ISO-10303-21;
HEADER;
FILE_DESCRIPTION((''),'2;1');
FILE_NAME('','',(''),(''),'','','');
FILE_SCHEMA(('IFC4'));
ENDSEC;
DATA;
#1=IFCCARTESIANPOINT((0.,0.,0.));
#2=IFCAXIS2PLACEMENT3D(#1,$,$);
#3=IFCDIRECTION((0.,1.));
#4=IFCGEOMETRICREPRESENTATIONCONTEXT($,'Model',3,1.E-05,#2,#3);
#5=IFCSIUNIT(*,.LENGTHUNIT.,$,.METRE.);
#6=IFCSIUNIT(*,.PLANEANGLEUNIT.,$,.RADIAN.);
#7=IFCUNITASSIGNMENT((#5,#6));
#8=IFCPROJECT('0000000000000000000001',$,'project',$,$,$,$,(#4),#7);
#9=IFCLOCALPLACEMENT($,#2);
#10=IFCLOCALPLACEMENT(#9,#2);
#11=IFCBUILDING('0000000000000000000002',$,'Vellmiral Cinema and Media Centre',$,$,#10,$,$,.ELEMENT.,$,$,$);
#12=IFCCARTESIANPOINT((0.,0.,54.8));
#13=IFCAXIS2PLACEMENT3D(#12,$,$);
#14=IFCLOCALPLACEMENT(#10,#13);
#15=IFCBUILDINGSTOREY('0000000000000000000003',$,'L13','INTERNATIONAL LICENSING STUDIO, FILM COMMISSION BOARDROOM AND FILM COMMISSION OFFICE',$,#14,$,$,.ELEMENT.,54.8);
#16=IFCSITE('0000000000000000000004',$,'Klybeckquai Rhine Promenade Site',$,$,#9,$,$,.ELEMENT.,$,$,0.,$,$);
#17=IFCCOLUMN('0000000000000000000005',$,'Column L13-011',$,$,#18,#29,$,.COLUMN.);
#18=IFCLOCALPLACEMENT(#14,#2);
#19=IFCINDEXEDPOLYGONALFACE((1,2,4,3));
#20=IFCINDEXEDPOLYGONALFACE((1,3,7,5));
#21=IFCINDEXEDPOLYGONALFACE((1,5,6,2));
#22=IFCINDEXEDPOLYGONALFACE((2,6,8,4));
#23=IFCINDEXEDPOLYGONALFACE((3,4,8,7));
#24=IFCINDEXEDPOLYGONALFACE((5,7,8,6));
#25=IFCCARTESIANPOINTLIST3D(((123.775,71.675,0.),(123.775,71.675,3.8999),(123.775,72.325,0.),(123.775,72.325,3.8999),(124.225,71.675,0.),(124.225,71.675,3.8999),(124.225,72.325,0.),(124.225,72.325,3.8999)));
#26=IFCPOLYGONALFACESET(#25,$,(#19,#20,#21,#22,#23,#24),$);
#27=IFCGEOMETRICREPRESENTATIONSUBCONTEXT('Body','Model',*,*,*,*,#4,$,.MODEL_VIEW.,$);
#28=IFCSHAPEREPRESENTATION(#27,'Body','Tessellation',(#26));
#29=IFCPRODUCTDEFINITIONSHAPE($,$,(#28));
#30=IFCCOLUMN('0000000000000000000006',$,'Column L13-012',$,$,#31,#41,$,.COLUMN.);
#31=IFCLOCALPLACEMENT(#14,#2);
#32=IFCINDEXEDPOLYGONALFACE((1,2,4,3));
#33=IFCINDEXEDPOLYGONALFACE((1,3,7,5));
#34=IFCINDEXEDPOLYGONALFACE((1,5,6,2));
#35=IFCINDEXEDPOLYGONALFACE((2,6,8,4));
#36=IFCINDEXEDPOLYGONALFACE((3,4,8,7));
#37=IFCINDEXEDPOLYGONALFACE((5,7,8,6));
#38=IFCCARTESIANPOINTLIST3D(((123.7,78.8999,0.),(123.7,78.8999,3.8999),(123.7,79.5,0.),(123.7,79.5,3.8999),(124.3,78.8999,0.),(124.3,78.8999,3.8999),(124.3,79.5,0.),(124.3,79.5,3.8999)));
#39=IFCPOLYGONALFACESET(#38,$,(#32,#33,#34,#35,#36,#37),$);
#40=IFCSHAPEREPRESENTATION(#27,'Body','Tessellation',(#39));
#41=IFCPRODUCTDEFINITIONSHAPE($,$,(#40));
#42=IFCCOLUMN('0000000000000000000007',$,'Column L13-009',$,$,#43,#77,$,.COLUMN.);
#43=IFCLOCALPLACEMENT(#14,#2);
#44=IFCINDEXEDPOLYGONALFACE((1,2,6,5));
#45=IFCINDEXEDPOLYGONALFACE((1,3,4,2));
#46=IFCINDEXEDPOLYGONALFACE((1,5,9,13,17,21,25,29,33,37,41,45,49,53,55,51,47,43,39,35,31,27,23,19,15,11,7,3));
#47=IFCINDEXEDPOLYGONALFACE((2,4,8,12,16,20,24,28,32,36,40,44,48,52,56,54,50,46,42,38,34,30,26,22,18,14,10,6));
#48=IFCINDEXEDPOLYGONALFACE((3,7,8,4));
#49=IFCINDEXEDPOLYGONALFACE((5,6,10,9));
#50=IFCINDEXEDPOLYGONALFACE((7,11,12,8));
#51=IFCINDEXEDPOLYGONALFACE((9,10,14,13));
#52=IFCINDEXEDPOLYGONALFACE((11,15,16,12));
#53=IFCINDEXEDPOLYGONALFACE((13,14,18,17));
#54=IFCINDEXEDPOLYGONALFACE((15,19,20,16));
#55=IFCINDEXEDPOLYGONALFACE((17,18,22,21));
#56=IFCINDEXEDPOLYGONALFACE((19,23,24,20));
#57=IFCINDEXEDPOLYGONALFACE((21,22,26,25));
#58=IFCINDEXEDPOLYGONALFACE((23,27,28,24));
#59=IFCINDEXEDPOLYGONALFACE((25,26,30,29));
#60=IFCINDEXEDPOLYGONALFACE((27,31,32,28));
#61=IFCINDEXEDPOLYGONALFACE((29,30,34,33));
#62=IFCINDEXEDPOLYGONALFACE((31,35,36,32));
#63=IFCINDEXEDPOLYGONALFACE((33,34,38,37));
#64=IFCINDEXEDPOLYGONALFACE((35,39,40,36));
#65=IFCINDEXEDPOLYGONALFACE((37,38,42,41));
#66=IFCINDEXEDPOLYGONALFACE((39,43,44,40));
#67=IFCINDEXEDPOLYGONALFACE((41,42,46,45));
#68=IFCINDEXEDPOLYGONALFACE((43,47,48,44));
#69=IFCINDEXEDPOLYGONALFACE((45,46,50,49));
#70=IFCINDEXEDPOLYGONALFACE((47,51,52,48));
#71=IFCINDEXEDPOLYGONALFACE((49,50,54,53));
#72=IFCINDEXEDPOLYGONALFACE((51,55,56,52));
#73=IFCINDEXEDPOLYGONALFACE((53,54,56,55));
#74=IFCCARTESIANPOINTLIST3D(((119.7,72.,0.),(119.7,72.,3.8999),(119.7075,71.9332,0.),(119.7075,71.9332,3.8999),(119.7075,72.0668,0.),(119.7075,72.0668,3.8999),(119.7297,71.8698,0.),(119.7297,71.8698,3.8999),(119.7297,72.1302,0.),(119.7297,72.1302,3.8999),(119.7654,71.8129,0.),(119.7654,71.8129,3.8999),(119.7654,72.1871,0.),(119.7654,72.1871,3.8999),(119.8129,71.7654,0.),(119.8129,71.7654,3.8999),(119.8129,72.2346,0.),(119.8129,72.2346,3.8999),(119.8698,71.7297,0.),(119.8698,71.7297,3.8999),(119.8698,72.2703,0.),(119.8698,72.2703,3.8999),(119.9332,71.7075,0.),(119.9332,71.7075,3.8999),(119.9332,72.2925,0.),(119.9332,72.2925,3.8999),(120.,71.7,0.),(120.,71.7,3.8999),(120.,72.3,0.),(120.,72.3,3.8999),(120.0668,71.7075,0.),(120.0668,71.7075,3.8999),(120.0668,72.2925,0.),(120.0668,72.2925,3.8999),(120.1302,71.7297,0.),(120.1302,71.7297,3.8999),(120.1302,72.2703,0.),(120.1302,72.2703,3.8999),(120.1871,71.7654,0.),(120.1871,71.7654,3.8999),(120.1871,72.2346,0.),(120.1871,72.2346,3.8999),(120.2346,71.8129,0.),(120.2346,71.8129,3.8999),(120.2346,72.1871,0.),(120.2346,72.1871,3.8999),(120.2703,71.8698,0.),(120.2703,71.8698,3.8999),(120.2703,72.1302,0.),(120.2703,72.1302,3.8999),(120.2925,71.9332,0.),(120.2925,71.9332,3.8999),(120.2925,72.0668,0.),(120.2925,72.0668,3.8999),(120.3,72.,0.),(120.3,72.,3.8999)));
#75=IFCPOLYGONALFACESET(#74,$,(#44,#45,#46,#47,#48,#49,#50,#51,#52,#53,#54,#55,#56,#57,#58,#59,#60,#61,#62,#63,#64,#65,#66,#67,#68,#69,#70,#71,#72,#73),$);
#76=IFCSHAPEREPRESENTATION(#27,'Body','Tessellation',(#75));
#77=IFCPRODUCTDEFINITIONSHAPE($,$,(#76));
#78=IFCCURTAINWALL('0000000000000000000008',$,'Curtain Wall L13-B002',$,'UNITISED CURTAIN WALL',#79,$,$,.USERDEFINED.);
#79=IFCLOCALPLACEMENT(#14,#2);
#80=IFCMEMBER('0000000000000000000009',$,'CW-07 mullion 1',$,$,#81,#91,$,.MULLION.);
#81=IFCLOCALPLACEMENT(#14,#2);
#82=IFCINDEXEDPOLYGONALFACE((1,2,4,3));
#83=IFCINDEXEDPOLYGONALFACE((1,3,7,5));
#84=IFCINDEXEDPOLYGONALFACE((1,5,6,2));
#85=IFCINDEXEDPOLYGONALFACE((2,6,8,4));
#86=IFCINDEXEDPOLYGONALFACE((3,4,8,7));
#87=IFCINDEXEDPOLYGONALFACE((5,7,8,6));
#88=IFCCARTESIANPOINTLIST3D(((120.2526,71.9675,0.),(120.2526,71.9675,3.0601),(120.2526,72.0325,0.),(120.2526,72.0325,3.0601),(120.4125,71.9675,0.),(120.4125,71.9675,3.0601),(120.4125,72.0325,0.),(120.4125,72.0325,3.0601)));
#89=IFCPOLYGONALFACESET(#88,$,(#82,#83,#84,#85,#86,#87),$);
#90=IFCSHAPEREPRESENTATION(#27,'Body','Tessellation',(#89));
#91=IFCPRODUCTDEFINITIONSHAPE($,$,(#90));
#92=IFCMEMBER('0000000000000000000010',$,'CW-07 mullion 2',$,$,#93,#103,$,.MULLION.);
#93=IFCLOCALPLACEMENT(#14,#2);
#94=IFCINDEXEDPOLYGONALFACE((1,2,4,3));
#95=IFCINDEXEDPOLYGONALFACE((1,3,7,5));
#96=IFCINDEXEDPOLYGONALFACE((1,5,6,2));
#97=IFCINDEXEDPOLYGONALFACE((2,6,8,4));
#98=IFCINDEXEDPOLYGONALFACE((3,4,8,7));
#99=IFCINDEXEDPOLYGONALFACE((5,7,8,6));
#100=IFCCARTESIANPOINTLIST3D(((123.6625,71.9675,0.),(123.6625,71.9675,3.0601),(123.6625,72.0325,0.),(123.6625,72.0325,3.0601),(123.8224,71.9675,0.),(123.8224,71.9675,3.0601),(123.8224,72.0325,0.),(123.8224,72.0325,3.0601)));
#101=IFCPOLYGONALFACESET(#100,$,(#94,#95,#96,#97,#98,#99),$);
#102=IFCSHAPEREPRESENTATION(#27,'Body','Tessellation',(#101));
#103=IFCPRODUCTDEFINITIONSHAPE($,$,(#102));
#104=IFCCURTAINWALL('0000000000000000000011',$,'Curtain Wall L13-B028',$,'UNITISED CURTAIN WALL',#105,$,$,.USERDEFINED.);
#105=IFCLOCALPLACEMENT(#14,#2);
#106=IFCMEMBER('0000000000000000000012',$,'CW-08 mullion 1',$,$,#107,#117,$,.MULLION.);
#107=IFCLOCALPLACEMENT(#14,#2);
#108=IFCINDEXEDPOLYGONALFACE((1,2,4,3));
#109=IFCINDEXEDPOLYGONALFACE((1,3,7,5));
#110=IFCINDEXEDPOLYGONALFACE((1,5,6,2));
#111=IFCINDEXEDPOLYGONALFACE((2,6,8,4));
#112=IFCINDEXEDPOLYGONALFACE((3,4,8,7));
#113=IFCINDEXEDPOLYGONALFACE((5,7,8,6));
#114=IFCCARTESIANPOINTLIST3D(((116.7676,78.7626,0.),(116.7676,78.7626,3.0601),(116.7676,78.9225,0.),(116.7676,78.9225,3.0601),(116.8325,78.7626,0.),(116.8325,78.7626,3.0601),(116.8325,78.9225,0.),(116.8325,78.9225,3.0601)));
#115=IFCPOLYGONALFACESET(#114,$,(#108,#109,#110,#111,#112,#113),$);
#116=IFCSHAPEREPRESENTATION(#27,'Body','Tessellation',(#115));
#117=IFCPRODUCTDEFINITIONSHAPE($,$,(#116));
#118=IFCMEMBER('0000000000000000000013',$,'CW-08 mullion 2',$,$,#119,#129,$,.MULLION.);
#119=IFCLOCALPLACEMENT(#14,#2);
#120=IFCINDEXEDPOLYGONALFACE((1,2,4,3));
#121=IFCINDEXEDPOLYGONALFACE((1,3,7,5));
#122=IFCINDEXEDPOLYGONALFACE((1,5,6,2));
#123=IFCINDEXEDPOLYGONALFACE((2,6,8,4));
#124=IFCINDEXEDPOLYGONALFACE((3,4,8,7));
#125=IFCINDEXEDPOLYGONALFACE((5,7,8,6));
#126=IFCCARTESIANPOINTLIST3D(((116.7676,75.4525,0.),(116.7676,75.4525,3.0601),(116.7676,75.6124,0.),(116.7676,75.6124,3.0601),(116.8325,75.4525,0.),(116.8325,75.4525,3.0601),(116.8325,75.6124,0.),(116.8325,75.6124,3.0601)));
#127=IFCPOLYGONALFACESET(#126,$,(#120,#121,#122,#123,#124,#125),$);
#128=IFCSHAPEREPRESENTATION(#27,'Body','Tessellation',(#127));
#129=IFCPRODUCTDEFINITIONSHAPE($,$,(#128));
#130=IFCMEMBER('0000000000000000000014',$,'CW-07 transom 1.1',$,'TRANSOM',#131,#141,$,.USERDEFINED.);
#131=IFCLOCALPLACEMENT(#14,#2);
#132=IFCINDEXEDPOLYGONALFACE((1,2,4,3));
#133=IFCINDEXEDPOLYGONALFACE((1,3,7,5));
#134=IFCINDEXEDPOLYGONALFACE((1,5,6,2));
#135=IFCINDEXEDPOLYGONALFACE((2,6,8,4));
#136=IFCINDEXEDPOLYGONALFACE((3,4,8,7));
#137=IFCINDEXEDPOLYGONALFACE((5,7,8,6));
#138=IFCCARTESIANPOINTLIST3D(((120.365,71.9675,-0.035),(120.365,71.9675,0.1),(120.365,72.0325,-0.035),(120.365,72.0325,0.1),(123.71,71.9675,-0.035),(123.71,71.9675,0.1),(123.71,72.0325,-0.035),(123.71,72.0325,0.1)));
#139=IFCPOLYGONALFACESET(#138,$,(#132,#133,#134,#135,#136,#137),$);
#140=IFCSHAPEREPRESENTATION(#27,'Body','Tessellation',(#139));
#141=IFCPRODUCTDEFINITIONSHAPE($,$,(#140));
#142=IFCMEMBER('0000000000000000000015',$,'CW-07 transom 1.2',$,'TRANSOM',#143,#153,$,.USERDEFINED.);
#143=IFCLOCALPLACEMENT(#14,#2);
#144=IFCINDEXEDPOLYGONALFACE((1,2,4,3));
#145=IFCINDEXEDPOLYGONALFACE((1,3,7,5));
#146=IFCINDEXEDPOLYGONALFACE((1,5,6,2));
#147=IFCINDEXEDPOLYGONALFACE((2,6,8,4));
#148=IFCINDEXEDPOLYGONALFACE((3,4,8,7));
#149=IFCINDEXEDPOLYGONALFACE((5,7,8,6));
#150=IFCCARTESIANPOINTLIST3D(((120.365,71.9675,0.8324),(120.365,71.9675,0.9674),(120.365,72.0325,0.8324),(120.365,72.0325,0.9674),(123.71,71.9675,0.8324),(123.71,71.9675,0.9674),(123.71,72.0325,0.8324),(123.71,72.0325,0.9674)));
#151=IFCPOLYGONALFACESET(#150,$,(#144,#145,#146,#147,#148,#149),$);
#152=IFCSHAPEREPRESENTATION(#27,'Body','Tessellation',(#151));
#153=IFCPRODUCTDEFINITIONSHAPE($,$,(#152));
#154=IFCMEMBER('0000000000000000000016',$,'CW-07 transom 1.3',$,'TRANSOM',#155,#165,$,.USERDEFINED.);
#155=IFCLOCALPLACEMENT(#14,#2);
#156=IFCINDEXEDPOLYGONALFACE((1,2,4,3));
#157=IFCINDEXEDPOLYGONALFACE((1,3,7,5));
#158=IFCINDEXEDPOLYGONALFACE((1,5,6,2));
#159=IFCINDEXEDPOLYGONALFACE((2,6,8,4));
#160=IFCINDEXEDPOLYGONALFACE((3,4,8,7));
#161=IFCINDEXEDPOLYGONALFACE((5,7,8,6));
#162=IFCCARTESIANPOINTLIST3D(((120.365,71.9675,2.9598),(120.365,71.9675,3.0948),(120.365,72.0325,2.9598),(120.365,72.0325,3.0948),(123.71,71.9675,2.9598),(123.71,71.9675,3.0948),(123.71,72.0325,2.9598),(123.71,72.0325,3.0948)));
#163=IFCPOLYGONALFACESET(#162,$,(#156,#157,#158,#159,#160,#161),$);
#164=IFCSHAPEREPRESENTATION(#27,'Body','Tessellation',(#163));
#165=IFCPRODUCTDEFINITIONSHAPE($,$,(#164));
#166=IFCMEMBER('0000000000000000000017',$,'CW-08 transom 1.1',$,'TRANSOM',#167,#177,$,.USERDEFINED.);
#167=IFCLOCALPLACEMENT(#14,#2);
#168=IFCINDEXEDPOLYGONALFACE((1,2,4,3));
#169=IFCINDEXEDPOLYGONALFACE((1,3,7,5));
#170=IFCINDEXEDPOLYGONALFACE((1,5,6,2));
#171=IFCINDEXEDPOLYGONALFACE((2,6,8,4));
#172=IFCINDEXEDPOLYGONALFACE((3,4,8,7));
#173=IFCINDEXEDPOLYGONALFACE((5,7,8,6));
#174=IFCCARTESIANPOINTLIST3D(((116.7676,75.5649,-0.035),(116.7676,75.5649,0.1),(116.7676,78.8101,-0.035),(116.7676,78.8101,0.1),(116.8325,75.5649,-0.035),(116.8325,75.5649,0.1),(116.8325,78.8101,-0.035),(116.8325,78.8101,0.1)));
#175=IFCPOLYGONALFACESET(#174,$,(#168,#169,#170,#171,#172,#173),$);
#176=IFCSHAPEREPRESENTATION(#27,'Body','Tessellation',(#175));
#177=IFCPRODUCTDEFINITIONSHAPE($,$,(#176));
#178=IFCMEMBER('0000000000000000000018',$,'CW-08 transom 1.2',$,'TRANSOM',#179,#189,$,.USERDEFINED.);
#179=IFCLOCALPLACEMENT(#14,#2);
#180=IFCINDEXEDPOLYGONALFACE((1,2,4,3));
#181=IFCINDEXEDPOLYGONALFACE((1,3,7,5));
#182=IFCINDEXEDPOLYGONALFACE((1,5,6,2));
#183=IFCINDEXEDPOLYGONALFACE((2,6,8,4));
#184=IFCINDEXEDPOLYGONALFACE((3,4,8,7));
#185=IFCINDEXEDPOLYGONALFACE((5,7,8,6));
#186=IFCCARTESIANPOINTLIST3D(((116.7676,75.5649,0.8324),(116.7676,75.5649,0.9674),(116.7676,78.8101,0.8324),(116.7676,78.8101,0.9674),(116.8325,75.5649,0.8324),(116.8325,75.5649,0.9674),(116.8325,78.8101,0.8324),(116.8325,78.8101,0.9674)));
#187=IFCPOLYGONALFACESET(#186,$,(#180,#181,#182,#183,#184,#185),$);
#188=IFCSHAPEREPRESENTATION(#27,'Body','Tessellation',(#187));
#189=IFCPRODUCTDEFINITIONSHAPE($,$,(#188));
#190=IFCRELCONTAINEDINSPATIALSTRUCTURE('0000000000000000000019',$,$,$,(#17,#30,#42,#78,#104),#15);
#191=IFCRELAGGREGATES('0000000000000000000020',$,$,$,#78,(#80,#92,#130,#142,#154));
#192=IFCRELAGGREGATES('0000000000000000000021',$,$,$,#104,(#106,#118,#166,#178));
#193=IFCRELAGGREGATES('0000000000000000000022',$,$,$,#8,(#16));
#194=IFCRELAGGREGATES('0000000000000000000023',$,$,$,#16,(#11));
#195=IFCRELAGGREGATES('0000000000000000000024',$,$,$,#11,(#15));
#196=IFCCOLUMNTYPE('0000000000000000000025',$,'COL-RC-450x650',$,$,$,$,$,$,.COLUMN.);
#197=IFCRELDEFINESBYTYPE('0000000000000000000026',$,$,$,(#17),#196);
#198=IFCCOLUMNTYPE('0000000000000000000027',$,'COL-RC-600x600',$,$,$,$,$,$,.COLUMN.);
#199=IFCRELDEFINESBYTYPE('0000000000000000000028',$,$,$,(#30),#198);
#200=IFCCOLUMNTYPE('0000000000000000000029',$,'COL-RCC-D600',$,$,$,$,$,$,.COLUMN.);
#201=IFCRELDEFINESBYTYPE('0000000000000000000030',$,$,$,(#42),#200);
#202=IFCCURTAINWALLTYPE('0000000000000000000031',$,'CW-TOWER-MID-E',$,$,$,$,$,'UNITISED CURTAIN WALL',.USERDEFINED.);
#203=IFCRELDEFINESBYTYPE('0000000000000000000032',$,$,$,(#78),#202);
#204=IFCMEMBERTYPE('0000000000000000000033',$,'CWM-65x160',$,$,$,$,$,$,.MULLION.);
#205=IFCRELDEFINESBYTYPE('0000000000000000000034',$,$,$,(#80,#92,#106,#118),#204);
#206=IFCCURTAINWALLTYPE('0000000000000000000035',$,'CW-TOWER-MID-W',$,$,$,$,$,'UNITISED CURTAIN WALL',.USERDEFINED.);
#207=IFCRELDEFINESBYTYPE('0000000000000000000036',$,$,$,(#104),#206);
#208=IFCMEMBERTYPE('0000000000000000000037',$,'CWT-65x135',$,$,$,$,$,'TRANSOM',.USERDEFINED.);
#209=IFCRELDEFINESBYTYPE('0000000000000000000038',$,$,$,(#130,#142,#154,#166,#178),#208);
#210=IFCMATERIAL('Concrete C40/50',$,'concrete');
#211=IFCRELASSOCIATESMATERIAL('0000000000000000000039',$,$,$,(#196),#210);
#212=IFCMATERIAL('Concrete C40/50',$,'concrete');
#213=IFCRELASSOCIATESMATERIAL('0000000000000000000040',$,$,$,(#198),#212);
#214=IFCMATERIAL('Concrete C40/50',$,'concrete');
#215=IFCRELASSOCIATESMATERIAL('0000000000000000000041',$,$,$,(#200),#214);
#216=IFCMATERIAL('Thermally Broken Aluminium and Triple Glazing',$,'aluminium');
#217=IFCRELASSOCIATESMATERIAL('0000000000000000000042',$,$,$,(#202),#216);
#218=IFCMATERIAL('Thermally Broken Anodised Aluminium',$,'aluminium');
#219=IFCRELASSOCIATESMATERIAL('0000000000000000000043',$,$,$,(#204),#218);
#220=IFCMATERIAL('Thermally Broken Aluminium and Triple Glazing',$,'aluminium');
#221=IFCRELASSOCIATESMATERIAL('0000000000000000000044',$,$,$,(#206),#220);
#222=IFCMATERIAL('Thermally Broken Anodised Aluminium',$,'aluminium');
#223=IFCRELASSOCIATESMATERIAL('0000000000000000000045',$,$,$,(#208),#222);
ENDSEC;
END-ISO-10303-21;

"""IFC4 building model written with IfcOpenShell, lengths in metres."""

from ifc_helpers import new_model, si_unit, direction, frame, origin, origin_2d, place, context, subcontext, project, spatial, rectangle, circle, extrude, material, material_profile, profile_set, type_object, element, aggregate, save


model = new_model("IFC4")

# Units and contexts
model_context = context("Model", 3, precision=1e-05, world=origin(), true_north=direction((0.0, 1.0)))
body_context = subcontext(model_context, "Body", "Model", "MODEL_VIEW")
ifc_project = project(units=[si_unit("LENGTHUNIT", "METRE"), si_unit("PLANEANGLEUNIT", "RADIAN")], contexts=[model_context])

# Site, building, storey
site_placement = place(None, origin())
site = spatial("IfcSite", under=ifc_project, at=site_placement, Name="Klybeckquai Rhine Promenade Site", CompositionType="ELEMENT", RefElevation=0.0)
building_placement = place(site_placement, origin())
building = spatial("IfcBuilding", under=site, at=building_placement, Name="Vellmiral Cinema and Media Centre", CompositionType="ELEMENT")
storey_placement = place(building_placement, frame((0.0, 0.0, 54.8)))
storey = spatial("IfcBuildingStorey", under=building, at=storey_placement, Name="L13", Description="INTERNATIONAL LICENSING STUDIO, FILM COMMISSION BOARDROOM AND FILM COMMISSION OFFICE", CompositionType="ELEMENT", Elevation=54.8)

# Columns
ifc_material_1 = material(Name="Concrete C40/50", Category="concrete")
ifc_material_profile_1 = material_profile(ifc_material_1, rectangle(XDim=0.45, YDim=0.6499, at=origin_2d()), Name="RC 450x650")
ifc_profile_set_1 = profile_set([ifc_material_profile_1], Name="Concrete C40/50")
column_type_1 = type_object("IfcColumnType", Name="COL-RC-450x650", PredefinedType="COLUMN", material=ifc_profile_set_1)
column_1_placement = place(storey_placement, frame((124.0, 72.0, 0.0), z_axis=(0.0, 0.0, 1.0), x_axis=(1.0, 0.0, 0.0)))
element("IfcColumn", 1, at=column_1_placement, inside=storey, type_object=column_type_1, Name="Column L13-011", PredefinedType="COLUMN", context=body_context, shape_type="SweptSolid", body=[
    extrude(rectangle(XDim=0.45, YDim=0.6499, at=origin_2d()), origin(), (0.0, 0.0, 1.0), 3.8999),
])
ifc_material_2 = material(Name="Concrete C40/50", Category="concrete")
ifc_material_profile_2 = material_profile(ifc_material_2, rectangle(XDim=0.6001, YDim=0.6001, at=origin_2d()), Name="RC 600x600")
ifc_profile_set_2 = profile_set([ifc_material_profile_2], Name="Concrete C40/50")
column_type_2 = type_object("IfcColumnType", Name="COL-RC-600x600", PredefinedType="COLUMN", material=ifc_profile_set_2)
column_2_placement = place(storey_placement, frame((124.0, 79.2, 0.0), z_axis=(0.0, 0.0, 1.0), x_axis=(1.0, 0.0, 0.0)))
element("IfcColumn", 2, at=column_2_placement, inside=storey, type_object=column_type_2, Name="Column L13-012", PredefinedType="COLUMN", context=body_context, shape_type="SweptSolid", body=[
    extrude(rectangle(XDim=0.6001, YDim=0.6001, at=origin_2d()), origin(), (0.0, 0.0, 1.0), 3.8999),
])
ifc_material_3 = material(Name="Concrete C40/50", Category="concrete")
ifc_material_profile_3 = material_profile(ifc_material_3, circle(Radius=0.3, at=origin_2d()), Name="RC D600")
ifc_profile_set_3 = profile_set([ifc_material_profile_3], Name="Concrete C40/50")
column_type_3 = type_object("IfcColumnType", Name="COL-RCC-D600", PredefinedType="COLUMN", material=ifc_profile_set_3)
column_3_placement = place(storey_placement, frame((120.0, 72.0, 0.0), z_axis=(0.0, 0.0, 1.0), x_axis=(1.0, 0.0, 0.0)))
element("IfcColumn", 3, at=column_3_placement, inside=storey, type_object=column_type_3, Name="Column L13-009", PredefinedType="COLUMN", context=body_context, shape_type="SweptSolid", body=[
    extrude(circle(Radius=0.3, at=origin_2d()), origin(), (0.0, 0.0, 1.0), 3.8999),
])

# Curtain walls, members
ifc_material_4 = material(Name="Thermally Broken Aluminium and Triple Glazing", Category="aluminium")
curtain_wall_type_1 = type_object("IfcCurtainWallType", Name="CW-TOWER-MID-E", ElementType="UNITISED CURTAIN WALL", PredefinedType="USERDEFINED", material=ifc_material_4)
curtain_wall_1_placement = place(storey_placement, origin())
curtain_wall_1 = element("IfcCurtainWall", 4, at=curtain_wall_1_placement, inside=storey, type_object=curtain_wall_type_1, Name="Curtain Wall L13-B002", ObjectType="UNITISED CURTAIN WALL", PredefinedType="USERDEFINED")
ifc_material_5 = material(Name="Thermally Broken Anodised Aluminium", Category="aluminium")
ifc_material_profile_4 = material_profile(ifc_material_5, rectangle(XDim=0.0649, YDim=0.1599, at=origin_2d()), Name="MULL 65x160")
ifc_profile_set_4 = profile_set([ifc_material_profile_4], Name="Thermally Broken Anodised Aluminium")
member_type_1 = type_object("IfcMemberType", Name="CWM-65x160", PredefinedType="MULLION", material=ifc_profile_set_4)
member_1_placement = place(storey_placement, frame((120.3325, 72.0, 0.0), z_axis=(0.0, 0.0, 1.0), x_axis=(0.0, 1.0, 0.0)))
member_1 = element("IfcMember", 5, at=member_1_placement, type_object=member_type_1, Name="CW-07 mullion 1", PredefinedType="MULLION", context=body_context, shape_type="SweptSolid", body=[
    extrude(rectangle(XDim=0.0649, YDim=0.1599, at=origin_2d()), origin(), (0.0, 0.0, 1.0), 3.0601),
])
member_2_placement = place(storey_placement, frame((123.7424, 72.0, 0.0), z_axis=(0.0, 0.0, 1.0), x_axis=(0.0, 1.0, 0.0)))
member_2 = element("IfcMember", 6, at=member_2_placement, type_object=member_type_1, Name="CW-07 mullion 2", PredefinedType="MULLION", context=body_context, shape_type="SweptSolid", body=[
    extrude(rectangle(XDim=0.0649, YDim=0.1599, at=origin_2d()), origin(), (0.0, 0.0, 1.0), 3.0601),
])
ifc_material_6 = material(Name="Thermally Broken Aluminium and Triple Glazing", Category="aluminium")
curtain_wall_type_2 = type_object("IfcCurtainWallType", Name="CW-TOWER-MID-W", ElementType="UNITISED CURTAIN WALL", PredefinedType="USERDEFINED", material=ifc_material_6)
curtain_wall_2_placement = place(storey_placement, origin())
curtain_wall_2 = element("IfcCurtainWall", 7, at=curtain_wall_2_placement, inside=storey, type_object=curtain_wall_type_2, Name="Curtain Wall L13-B028", ObjectType="UNITISED CURTAIN WALL", PredefinedType="USERDEFINED")
member_3_placement = place(storey_placement, frame((116.8, 78.8425, 0.0), z_axis=(0.0, 0.0, 1.0), x_axis=(1.0, 0.0, 0.0)))
member_3 = element("IfcMember", 8, at=member_3_placement, type_object=member_type_1, Name="CW-08 mullion 1", PredefinedType="MULLION", context=body_context, shape_type="SweptSolid", body=[
    extrude(rectangle(XDim=0.0649, YDim=0.1599, at=origin_2d()), origin(), (0.0, 0.0, 1.0), 3.0601),
])
member_4_placement = place(storey_placement, frame((116.8, 75.5325, 0.0), z_axis=(0.0, 0.0, 1.0), x_axis=(1.0, 0.0, 0.0)))
member_4 = element("IfcMember", 9, at=member_4_placement, type_object=member_type_1, Name="CW-08 mullion 2", PredefinedType="MULLION", context=body_context, shape_type="SweptSolid", body=[
    extrude(rectangle(XDim=0.0649, YDim=0.1599, at=origin_2d()), origin(), (0.0, 0.0, 1.0), 3.0601),
])

# Members
ifc_material_7 = material(Name="Thermally Broken Anodised Aluminium", Category="aluminium")
ifc_material_profile_5 = material_profile(ifc_material_7, rectangle(XDim=0.0649, YDim=0.135, at=origin_2d()), Name="MULL 65x135")
ifc_profile_set_5 = profile_set([ifc_material_profile_5], Name="Thermally Broken Anodised Aluminium")
member_type_2 = type_object("IfcMemberType", Name="CWT-65x135", ElementType="TRANSOM", PredefinedType="USERDEFINED", material=ifc_profile_set_5)
member_5_placement = place(storey_placement, frame((120.365, 72.0, 0.0325), z_axis=(1.0, 0.0, 0.0), x_axis=(0.0, 1.0, 0.0)))
member_5 = element("IfcMember", 10, at=member_5_placement, type_object=member_type_2, Name="CW-07 transom 1.1", ObjectType="TRANSOM", PredefinedType="USERDEFINED", context=body_context, shape_type="SweptSolid", body=[
    extrude(rectangle(XDim=0.0649, YDim=0.135, at=origin_2d()), origin(), (0.0, 0.0, 1.0), 3.345),
])
member_6_placement = place(storey_placement, frame((120.365, 72.0, 0.8999), z_axis=(1.0, 0.0, 0.0), x_axis=(0.0, 1.0, 0.0)))
member_6 = element("IfcMember", 11, at=member_6_placement, type_object=member_type_2, Name="CW-07 transom 1.2", ObjectType="TRANSOM", PredefinedType="USERDEFINED", context=body_context, shape_type="SweptSolid", body=[
    extrude(rectangle(XDim=0.0649, YDim=0.135, at=origin_2d()), origin(), (0.0, 0.0, 1.0), 3.345),
])
member_7_placement = place(storey_placement, frame((120.365, 72.0, 3.0273), z_axis=(1.0, 0.0, 0.0), x_axis=(0.0, 1.0, 0.0)))
member_7 = element("IfcMember", 12, at=member_7_placement, type_object=member_type_2, Name="CW-07 transom 1.3", ObjectType="TRANSOM", PredefinedType="USERDEFINED", context=body_context, shape_type="SweptSolid", body=[
    extrude(rectangle(XDim=0.0649, YDim=0.135, at=origin_2d()), origin(), (0.0, 0.0, 1.0), 3.345),
])
member_8_placement = place(storey_placement, frame((116.8, 78.8101, 0.0325), z_axis=(0.0, -1.0, 0.0), x_axis=(1.0, 0.0, 0.0)))
member_8 = element("IfcMember", 13, at=member_8_placement, type_object=member_type_2, Name="CW-08 transom 1.1", ObjectType="TRANSOM", PredefinedType="USERDEFINED", context=body_context, shape_type="SweptSolid", body=[
    extrude(rectangle(XDim=0.0649, YDim=0.135, at=origin_2d()), origin(), (0.0, 0.0, 1.0), 3.2451),
])
member_9_placement = place(storey_placement, frame((116.8, 78.8101, 0.8999), z_axis=(0.0, -1.0, 0.0), x_axis=(1.0, 0.0, 0.0)))
member_9 = element("IfcMember", 14, at=member_9_placement, type_object=member_type_2, Name="CW-08 transom 1.2", ObjectType="TRANSOM", PredefinedType="USERDEFINED", context=body_context, shape_type="SweptSolid", body=[
    extrude(rectangle(XDim=0.0649, YDim=0.135, at=origin_2d()), origin(), (0.0, 0.0, 1.0), 3.2451),
])

aggregate(curtain_wall_1, [member_1, member_2, member_5, member_6, member_7])
aggregate(curtain_wall_2, [member_3, member_4, member_8, member_9])

save(model, "model.ifc")
